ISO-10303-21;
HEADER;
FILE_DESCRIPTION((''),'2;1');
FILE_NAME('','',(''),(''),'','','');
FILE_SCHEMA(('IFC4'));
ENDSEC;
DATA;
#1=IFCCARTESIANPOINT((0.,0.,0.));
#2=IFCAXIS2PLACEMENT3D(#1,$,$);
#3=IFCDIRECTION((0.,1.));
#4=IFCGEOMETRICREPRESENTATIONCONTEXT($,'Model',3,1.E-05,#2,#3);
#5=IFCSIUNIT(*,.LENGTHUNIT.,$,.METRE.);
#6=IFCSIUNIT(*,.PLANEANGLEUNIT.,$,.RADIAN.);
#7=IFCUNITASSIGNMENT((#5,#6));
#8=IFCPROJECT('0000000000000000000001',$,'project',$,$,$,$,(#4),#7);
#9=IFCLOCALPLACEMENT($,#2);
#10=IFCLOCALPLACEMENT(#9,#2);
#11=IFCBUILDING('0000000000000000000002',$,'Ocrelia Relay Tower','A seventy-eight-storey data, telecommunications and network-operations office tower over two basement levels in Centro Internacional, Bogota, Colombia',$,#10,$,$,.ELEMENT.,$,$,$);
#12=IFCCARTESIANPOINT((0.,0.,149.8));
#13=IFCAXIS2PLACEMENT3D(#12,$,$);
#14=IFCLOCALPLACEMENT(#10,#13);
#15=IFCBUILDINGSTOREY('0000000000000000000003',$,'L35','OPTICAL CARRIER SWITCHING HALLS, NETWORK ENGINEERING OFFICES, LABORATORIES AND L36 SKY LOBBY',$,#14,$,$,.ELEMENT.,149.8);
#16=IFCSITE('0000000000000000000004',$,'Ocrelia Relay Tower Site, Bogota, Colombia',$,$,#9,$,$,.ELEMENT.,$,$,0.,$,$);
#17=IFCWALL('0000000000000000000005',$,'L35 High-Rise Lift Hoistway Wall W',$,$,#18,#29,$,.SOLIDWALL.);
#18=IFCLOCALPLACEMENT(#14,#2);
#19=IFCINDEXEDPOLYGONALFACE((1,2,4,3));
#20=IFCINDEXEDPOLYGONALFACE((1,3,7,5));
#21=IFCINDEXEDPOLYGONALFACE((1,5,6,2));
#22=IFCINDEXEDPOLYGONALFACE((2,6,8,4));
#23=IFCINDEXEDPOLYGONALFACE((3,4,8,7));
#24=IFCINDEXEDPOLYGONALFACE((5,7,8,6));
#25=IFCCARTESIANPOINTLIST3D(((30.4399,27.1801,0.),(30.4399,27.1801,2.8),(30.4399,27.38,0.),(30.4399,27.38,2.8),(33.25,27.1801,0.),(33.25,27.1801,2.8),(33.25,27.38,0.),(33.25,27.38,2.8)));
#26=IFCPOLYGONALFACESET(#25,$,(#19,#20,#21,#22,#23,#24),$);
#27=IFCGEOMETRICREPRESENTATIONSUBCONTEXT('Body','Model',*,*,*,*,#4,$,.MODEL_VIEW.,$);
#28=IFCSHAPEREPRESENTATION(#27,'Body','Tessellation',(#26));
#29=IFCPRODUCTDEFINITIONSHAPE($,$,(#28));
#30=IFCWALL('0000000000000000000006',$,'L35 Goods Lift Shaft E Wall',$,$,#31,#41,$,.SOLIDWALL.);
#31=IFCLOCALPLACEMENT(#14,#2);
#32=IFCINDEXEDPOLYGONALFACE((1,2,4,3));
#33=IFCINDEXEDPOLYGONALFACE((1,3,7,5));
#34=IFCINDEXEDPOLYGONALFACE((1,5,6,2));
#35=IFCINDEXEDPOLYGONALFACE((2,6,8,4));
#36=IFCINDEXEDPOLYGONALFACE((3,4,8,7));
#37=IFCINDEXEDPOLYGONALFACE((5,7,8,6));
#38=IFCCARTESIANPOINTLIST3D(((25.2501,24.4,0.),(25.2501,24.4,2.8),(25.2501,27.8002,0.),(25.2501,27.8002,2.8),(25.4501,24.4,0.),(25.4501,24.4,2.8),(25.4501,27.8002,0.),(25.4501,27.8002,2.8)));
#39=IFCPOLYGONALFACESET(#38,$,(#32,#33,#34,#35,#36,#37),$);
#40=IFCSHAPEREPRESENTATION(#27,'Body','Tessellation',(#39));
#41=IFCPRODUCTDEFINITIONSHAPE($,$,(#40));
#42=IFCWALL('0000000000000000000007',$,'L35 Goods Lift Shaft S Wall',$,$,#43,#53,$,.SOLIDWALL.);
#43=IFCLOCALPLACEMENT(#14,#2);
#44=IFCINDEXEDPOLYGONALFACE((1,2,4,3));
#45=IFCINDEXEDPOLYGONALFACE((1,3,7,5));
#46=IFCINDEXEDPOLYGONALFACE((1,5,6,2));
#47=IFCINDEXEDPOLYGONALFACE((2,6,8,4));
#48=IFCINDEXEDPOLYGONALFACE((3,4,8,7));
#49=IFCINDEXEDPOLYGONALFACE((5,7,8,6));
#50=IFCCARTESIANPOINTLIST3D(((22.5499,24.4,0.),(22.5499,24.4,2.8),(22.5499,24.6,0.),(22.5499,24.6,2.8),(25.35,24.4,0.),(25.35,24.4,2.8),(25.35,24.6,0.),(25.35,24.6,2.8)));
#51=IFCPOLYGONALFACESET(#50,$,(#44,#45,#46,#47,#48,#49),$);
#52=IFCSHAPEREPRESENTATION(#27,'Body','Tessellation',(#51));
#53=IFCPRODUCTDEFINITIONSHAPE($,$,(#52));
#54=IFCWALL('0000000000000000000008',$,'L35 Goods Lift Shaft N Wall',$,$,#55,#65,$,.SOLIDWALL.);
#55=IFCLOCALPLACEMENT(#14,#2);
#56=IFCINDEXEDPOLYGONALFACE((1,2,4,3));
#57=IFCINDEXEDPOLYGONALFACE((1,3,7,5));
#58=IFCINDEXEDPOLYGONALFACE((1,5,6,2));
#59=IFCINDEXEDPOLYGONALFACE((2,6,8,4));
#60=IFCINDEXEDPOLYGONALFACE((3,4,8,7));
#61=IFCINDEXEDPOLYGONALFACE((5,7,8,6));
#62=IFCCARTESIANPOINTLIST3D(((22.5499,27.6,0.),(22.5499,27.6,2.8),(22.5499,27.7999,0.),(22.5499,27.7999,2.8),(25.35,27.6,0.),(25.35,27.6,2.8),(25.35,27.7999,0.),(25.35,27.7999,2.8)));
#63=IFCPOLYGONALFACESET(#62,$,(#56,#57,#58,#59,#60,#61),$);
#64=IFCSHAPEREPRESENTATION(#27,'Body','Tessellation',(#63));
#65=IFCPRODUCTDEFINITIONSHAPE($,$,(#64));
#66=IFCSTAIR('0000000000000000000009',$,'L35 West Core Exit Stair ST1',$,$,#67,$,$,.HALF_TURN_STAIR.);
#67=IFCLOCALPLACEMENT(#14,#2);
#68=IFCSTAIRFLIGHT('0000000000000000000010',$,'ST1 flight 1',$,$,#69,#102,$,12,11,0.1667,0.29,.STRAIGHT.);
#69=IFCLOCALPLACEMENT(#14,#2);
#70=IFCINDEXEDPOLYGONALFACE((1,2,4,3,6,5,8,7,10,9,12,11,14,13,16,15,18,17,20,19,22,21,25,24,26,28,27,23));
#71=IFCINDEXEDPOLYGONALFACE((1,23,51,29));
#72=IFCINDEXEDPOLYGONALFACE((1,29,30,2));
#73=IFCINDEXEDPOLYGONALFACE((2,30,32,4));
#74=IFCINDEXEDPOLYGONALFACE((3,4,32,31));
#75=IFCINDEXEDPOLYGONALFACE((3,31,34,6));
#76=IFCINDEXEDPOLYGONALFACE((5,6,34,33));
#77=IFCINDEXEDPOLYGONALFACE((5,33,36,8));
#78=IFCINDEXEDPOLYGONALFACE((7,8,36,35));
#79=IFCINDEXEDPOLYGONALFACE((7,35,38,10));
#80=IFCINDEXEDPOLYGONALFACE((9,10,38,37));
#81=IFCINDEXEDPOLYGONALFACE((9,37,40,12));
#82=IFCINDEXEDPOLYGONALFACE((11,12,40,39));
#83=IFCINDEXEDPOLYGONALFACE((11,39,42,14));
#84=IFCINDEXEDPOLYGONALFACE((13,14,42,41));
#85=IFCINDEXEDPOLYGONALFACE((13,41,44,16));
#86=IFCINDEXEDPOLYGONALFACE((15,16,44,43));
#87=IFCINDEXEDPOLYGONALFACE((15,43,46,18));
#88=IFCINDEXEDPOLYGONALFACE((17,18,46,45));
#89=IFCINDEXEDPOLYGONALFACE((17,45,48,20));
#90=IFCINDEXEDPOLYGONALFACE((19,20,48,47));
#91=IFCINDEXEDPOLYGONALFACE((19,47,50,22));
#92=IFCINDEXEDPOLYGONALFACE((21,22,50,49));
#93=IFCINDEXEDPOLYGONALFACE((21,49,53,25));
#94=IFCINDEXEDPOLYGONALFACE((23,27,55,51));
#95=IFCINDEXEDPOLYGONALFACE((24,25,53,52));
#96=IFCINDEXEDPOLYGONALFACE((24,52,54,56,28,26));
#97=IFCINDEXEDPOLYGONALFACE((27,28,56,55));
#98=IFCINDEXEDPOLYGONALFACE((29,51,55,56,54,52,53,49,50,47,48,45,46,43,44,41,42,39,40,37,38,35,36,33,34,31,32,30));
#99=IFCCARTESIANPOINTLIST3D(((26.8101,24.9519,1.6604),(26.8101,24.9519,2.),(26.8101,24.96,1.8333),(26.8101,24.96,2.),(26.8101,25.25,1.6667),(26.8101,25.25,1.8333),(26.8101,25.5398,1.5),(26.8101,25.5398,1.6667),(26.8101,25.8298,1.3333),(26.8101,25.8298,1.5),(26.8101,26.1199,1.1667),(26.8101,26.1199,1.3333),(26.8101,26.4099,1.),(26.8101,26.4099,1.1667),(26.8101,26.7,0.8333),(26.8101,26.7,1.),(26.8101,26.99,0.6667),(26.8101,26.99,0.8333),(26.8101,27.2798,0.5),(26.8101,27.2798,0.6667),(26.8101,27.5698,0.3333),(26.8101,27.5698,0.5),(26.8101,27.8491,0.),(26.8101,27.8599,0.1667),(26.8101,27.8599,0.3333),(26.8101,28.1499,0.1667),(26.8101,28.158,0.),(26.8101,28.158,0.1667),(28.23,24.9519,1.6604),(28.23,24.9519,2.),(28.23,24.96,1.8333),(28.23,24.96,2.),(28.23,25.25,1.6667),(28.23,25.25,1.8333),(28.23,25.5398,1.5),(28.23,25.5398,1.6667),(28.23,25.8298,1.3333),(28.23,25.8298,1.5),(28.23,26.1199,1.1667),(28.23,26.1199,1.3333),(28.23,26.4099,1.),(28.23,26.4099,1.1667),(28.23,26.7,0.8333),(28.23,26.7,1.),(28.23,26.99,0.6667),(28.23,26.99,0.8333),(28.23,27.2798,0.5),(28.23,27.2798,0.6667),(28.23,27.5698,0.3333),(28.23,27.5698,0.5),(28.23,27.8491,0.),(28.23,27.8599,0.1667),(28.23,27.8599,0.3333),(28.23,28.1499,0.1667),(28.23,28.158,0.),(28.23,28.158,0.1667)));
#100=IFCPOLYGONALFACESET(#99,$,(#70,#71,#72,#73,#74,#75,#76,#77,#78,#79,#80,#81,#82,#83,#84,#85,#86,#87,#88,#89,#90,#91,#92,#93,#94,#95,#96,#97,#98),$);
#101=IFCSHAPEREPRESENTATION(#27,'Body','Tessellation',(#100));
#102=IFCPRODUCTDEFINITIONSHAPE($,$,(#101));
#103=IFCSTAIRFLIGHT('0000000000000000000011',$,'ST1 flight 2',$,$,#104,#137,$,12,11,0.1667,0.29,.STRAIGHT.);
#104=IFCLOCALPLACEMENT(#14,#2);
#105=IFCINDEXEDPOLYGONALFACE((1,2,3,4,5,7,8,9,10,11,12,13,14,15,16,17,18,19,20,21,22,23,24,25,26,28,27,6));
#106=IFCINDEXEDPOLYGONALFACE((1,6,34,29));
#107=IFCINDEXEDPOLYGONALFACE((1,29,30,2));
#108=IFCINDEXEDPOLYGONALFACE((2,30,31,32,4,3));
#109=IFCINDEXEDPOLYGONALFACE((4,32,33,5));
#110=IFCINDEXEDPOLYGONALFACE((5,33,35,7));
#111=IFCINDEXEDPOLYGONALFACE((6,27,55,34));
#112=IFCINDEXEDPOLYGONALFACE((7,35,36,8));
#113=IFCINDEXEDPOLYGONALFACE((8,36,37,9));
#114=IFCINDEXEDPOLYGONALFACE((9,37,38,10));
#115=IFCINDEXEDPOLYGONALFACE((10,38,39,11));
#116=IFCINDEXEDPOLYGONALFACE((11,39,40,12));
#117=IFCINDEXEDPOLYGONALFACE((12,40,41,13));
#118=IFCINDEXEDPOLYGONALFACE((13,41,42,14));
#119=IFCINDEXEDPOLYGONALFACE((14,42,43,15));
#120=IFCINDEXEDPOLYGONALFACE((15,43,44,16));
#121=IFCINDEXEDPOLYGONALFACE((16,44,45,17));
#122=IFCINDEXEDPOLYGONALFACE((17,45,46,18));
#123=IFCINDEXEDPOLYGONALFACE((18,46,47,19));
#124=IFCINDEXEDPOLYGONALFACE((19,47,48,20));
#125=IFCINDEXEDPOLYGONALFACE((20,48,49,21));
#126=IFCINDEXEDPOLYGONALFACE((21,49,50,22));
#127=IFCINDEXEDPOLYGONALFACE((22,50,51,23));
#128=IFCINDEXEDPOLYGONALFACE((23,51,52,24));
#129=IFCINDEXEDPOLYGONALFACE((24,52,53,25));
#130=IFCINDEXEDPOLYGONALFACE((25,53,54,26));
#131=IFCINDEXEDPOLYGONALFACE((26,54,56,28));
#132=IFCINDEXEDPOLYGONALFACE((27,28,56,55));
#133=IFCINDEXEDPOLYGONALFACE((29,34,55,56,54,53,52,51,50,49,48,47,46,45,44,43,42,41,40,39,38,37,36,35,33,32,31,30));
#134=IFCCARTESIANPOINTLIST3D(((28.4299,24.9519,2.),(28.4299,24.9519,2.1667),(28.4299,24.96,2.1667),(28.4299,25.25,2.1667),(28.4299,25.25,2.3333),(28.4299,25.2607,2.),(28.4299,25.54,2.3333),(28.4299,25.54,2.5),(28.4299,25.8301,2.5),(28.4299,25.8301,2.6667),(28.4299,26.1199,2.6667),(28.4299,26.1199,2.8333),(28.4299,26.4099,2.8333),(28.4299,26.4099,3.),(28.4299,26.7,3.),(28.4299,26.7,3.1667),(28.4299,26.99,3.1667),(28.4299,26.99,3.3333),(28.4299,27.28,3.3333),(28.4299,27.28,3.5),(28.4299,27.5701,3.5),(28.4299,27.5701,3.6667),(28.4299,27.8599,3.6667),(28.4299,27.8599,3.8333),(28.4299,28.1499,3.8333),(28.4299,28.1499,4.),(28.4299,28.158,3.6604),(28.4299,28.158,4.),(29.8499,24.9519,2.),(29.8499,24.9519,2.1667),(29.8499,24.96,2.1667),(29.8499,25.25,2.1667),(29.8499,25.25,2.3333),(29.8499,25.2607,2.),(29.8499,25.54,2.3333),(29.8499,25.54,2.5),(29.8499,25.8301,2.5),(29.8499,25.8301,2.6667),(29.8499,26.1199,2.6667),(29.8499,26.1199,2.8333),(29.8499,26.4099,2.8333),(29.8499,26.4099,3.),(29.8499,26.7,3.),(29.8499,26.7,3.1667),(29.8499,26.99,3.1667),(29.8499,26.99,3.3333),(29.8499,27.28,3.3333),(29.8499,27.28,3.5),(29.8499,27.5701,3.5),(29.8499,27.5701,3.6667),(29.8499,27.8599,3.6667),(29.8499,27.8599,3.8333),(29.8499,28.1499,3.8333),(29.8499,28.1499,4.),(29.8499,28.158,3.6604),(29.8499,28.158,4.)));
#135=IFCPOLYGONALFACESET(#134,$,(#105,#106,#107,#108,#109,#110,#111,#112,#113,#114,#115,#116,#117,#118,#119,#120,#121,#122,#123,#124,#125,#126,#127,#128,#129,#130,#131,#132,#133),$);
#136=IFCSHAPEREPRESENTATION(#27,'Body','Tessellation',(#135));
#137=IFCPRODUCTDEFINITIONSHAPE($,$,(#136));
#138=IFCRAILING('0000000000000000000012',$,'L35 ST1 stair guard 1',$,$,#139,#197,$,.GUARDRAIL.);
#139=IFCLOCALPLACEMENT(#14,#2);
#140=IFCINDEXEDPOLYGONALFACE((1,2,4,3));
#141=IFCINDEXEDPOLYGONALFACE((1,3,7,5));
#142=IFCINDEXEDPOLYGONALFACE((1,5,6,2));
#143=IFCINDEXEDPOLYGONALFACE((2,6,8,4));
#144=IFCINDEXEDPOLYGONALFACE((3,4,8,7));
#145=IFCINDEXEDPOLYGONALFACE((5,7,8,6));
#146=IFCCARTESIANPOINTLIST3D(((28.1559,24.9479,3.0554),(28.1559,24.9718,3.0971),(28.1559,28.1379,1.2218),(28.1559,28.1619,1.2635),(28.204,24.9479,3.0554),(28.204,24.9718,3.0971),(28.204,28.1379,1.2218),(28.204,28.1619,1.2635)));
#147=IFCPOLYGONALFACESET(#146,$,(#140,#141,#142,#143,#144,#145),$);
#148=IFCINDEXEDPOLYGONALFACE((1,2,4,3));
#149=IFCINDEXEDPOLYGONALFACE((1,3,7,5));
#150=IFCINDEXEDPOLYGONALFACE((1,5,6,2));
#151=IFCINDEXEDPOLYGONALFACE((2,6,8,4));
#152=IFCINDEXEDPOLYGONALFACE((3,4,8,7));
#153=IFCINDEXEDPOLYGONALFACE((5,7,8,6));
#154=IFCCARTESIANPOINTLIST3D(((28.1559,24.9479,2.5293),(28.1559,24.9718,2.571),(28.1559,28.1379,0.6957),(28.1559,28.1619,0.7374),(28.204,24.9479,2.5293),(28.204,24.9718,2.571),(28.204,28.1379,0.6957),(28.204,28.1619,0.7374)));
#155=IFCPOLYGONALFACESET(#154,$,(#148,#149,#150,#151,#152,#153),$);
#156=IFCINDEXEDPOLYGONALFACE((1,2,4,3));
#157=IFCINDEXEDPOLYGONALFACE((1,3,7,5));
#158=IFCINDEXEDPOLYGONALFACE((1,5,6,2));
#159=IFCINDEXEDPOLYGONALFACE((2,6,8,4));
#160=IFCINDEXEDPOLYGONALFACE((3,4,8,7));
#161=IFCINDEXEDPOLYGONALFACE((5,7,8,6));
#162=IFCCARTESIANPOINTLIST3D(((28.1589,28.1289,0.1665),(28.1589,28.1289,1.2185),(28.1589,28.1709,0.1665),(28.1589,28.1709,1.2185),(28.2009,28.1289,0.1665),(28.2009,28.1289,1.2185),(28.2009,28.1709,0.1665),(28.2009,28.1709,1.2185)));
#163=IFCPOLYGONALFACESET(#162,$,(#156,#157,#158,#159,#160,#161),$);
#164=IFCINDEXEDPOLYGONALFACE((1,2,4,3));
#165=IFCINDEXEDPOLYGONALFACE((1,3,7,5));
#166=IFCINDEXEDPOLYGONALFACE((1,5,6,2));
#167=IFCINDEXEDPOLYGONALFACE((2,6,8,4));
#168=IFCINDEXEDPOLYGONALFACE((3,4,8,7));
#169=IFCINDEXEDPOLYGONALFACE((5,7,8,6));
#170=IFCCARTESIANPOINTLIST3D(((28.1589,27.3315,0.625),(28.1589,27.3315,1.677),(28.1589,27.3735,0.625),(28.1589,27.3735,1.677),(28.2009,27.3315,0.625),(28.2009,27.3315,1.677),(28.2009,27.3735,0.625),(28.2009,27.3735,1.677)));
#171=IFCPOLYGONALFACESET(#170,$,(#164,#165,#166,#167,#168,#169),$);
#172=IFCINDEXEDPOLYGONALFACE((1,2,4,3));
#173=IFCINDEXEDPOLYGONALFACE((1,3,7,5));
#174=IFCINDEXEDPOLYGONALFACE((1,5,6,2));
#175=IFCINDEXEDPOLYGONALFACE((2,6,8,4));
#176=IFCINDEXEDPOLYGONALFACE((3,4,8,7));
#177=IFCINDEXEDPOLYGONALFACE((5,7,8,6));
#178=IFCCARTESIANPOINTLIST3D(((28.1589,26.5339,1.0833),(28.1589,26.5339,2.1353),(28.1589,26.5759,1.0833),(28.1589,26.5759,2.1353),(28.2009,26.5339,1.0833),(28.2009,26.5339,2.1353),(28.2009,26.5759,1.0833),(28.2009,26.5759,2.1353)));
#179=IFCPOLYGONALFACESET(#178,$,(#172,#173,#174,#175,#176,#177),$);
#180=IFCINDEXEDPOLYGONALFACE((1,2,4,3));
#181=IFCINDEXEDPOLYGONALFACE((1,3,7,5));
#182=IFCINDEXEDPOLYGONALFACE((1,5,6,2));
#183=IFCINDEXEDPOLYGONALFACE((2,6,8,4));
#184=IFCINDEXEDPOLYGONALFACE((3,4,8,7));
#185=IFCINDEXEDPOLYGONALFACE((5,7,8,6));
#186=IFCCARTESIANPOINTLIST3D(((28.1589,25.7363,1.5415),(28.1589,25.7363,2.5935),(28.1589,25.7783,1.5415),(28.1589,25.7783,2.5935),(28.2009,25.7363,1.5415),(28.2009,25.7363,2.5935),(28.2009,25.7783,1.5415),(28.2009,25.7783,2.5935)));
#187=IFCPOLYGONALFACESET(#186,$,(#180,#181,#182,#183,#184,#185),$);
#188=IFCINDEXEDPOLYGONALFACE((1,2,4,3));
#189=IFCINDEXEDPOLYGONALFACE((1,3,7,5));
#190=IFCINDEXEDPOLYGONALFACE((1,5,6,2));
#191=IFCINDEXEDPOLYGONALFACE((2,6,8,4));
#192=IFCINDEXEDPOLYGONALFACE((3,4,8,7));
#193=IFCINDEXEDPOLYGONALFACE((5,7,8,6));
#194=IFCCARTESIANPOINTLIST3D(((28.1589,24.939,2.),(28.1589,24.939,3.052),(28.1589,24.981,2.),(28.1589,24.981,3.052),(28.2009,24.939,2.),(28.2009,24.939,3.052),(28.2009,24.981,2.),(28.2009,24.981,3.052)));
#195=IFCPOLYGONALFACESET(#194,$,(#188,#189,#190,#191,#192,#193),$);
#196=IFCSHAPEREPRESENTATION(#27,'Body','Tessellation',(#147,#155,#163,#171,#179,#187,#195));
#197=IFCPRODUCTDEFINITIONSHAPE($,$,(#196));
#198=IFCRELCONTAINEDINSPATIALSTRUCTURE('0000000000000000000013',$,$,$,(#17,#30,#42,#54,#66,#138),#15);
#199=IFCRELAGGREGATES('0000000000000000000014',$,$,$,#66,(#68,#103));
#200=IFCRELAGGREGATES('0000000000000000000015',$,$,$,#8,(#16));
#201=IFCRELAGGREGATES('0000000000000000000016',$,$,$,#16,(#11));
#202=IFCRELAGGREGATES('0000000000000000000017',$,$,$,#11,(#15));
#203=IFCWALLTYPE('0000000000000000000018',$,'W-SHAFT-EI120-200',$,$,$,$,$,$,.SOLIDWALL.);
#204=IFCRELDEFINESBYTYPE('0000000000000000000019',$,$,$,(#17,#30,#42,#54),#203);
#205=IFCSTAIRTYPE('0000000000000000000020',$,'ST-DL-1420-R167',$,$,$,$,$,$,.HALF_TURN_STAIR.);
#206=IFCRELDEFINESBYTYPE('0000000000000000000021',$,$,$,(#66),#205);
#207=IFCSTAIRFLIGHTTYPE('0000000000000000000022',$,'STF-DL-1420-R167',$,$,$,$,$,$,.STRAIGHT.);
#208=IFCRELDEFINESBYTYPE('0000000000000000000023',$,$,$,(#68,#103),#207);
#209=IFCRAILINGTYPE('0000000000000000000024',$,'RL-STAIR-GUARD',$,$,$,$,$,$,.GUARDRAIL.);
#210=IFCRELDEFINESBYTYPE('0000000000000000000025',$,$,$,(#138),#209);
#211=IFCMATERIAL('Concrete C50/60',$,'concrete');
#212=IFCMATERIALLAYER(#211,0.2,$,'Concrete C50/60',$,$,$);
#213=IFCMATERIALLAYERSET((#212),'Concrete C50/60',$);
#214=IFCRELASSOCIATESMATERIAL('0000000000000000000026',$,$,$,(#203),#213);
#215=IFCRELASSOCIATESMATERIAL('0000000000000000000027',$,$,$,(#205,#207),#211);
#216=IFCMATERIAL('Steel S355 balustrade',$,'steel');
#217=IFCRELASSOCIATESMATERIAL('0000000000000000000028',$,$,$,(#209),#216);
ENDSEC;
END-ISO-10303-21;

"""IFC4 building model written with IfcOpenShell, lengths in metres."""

from ifc_helpers import new_model, si_unit, direction, frame, frame_2d, origin, origin_2d, place, context, subcontext, project, spatial, polyline, rectangle, outline, extrude, material, layer, layer_set, type_object, element, aggregate, save


model = new_model("IFC4")

# Units and contexts
model_context = context("Model", 3, precision=1e-05, world=origin(), true_north=direction((0.0, 1.0)))
body_context = subcontext(model_context, "Body", "Model", "MODEL_VIEW")
ifc_project = project(units=[si_unit("LENGTHUNIT", "METRE"), si_unit("PLANEANGLEUNIT", "RADIAN")], contexts=[model_context])

# Site, building, storey
site_placement = place(None, origin())
site = spatial("IfcSite", under=ifc_project, at=site_placement, Name="Ocrelia Relay Tower Site, Bogota, Colombia", CompositionType="ELEMENT", RefElevation=0.0)
building_placement = place(site_placement, origin())
building = spatial("IfcBuilding", under=site, at=building_placement, Name="Ocrelia Relay Tower", Description="A seventy-eight-storey data, telecommunications and network-operations office tower over two basement levels in Centro Internacional, Bogota, Colombia", CompositionType="ELEMENT")
storey_placement = place(building_placement, frame((0.0, 0.0, 149.8)))
storey = spatial("IfcBuildingStorey", under=building, at=storey_placement, Name="L35", Description="OPTICAL CARRIER SWITCHING HALLS, NETWORK ENGINEERING OFFICES, LABORATORIES AND L36 SKY LOBBY", CompositionType="ELEMENT", Elevation=149.8)

# Shared definitions
ifc_material_1 = material(Name="Concrete C50/60", Category="concrete")

# Shared definitions
ifc_layer_1 = layer(ifc_material_1, 0.2, Name="Concrete C50/60")
ifc_layer_set_1 = layer_set([ifc_layer_1], Name="Concrete C50/60")
wall_type_1 = type_object("IfcWallType", Name="W-SHAFT-EI120-200", PredefinedType="SOLIDWALL", material=ifc_layer_set_1)

# Wall
wall_1_placement = place(storey_placement, frame((30.4399, 27.28, 0.0), z_axis=(0.0, 0.0, 1.0), x_axis=(1.0, 0.0, 0.0)))
element("IfcWall", 1, at=wall_1_placement, inside=storey, type_object=wall_type_1, Name="L35 High-Rise Lift Hoistway Wall W", PredefinedType="SOLIDWALL", context=body_context, shape_type="SweptSolid", body=[
    extrude(rectangle(XDim=2.8101, YDim=0.2, at=frame_2d((1.405, 0.0))), origin(), (0.0, 0.0, 1.0), 2.8),
])

# Walls
wall_2_placement = place(storey_placement, frame((25.3501, 24.3999, 0.0), z_axis=(0.0, 0.0, 1.0), x_axis=(0.0, 1.0, 0.0)))
element("IfcWall", 2, at=wall_2_placement, inside=storey, type_object=wall_type_1, Name="L35 Goods Lift Shaft E Wall", PredefinedType="SOLIDWALL", context=body_context, shape_type="SweptSolid", body=[
    extrude(rectangle(XDim=3.4001, YDim=0.2, at=frame_2d((1.7002, 0.0))), origin(), (0.0, 0.0, 1.0), 2.8),
])
for number, where, z_axis, x_axis, name in (
    (3, (22.55, 24.5, 0.0), (0.0, 0.0, 1.0), (1.0, 0.0, 0.0), "L35 Goods Lift Shaft S Wall"),
    (4, (22.55, 27.7, 0.0), (0.0, 0.0, 1.0), (1.0, 0.0, 0.0), "L35 Goods Lift Shaft N Wall"),
):
    element("IfcWall", number, at=place(storey_placement, frame(where, z_axis=z_axis, x_axis=x_axis)), inside=storey, type_object=wall_type_1, Name=name, PredefinedType="SOLIDWALL", context=body_context, shape_type="SweptSolid", body=[
        extrude(rectangle(XDim=2.8, YDim=0.2, at=frame_2d((1.3999, 0.0))), origin(), (0.0, 0.0, 1.0), 2.8),
    ])

# Stair, stair flights
stair_type = type_object("IfcStairType", Name="ST-DL-1420-R167", PredefinedType="HALF_TURN_STAIR", material=ifc_material_1)
stair_placement = place(storey_placement, origin())
stair = element("IfcStair", 5, at=stair_placement, inside=storey, type_object=stair_type, Name="L35 West Core Exit Stair ST1", PredefinedType="HALF_TURN_STAIR")
stair_flight_type = type_object("IfcStairFlightType", Name="STF-DL-1420-R167", PredefinedType="STRAIGHT", material=ifc_material_1)
stair_flight_1_placement = place(storey_placement, frame((27.52, 28.1499, 0.0), z_axis=(0.0, 0.0, 1.0), x_axis=(0.0, -1.0, 0.0)))
stair_flight_1 = element("IfcStairFlight", 6, at=stair_flight_1_placement, type_object=stair_flight_type, Name="ST1 flight 1", NumberOfRisers=12, NumberOfTreads=11, PredefinedType="STRAIGHT", RiserHeight=0.1667, TreadLength=0.29, context=body_context, shape_type="SweptSolid", body=[
    extrude(outline(polyline([(-0.0081, 0.0), (-0.0081, 0.1667), (0.0, 0.1667), (0.29, 0.1667), (0.29, 0.3333), (0.5801, 0.3333), (0.5801, 0.5), (0.8701, 0.5), (0.8701, 0.6667), (1.1599, 0.6667), (1.1599, 0.8333), (1.45, 0.8333), (1.45, 1.0), (1.74, 1.0), (1.74, 1.1667), (2.03, 1.1667), (2.03, 1.3333), (2.3201, 1.3333), (2.3201, 1.5), (2.6101, 1.5), (2.6101, 1.6667), (2.8999, 1.6667), (2.8999, 1.8333), (3.1899, 1.8333), (3.1899, 2.0), (3.198, 2.0), (3.198, 1.6604), (0.3008, 0.0), (-0.0081, 0.0)])), frame((0.0, 0.71, 0.0), z_axis=(0.0, -1.0, 0.0), x_axis=(1.0, 0.0, 0.0)), (0.0, 0.0, 1.0), 1.4199),
])
stair_flight_2_placement = place(storey_placement, frame((29.1399, 24.96, 2.0), z_axis=(0.0, 0.0, 1.0), x_axis=(0.0, 1.0, 0.0)))
stair_flight_2 = element("IfcStairFlight", 7, at=stair_flight_2_placement, type_object=stair_flight_type, Name="ST1 flight 2", NumberOfRisers=12, NumberOfTreads=11, PredefinedType="STRAIGHT", RiserHeight=0.1667, TreadLength=0.29, context=body_context, shape_type="SweptSolid", body=[
    extrude(outline(polyline([(-0.0081, 0.0), (-0.0081, 0.1667), (0.0, 0.1667), (0.29, 0.1667), (0.29, 0.3333), (0.5801, 0.3333), (0.5801, 0.5), (0.8701, 0.5), (0.8701, 0.6667), (1.1599, 0.6667), (1.1599, 0.8333), (1.45, 0.8333), (1.45, 1.0), (1.74, 1.0), (1.74, 1.1667), (2.03, 1.1667), (2.03, 1.3333), (2.3201, 1.3333), (2.3201, 1.5), (2.6101, 1.5), (2.6101, 1.6667), (2.8999, 1.6667), (2.8999, 1.8333), (3.1899, 1.8333), (3.1899, 2.0), (3.198, 2.0), (3.198, 1.6604), (0.3008, 0.0), (-0.0081, 0.0)])), frame((0.0, 0.71, 0.0), z_axis=(0.0, -1.0, 0.0), x_axis=(1.0, 0.0, 0.0)), (0.0, 0.0, 1.0), 1.4199),
])
aggregate(stair, [stair_flight_1, stair_flight_2])

# Railing
ifc_material_2 = material(Name="Steel S355 balustrade", Category="steel")
railing_type_1 = type_object("IfcRailingType", Name="RL-STAIR-GUARD", PredefinedType="GUARDRAIL", material=ifc_material_2)
railing_1_placement = place(storey_placement, frame((28.1799, 28.1499, 0.1665)))
element("IfcRailing", 8, at=railing_1_placement, inside=storey, type_object=railing_type_1, Name="L35 ST1 stair guard 1", PredefinedType="GUARDRAIL", context=body_context, shape_type="SweptSolid", body=[
    extrude(rectangle(XDim=0.0481, YDim=0.0481, at=origin_2d()), frame((0.0, 0.0, 1.0762), z_axis=(0.0, -0.866991, 0.498324), x_axis=(1.0, 0.0, 0.0)), (0.0, 0.0, 1.0), 3.6794),
    extrude(rectangle(XDim=0.0481, YDim=0.0481, at=origin_2d()), frame((0.0, 0.0, 0.55), z_axis=(0.0, -0.866991, 0.498324), x_axis=(1.0, 0.0, 0.0)), (0.0, 0.0, 1.0), 3.6794),
    extrude(rectangle(XDim=0.042, YDim=0.042, at=origin_2d()), origin(), (0.0, 0.0, 1.0), 1.052),
    extrude(rectangle(XDim=0.042, YDim=0.042, at=origin_2d()), frame((0.0, -0.7974, 0.4585)), (0.0, 0.0, 1.0), 1.052),
    extrude(rectangle(XDim=0.042, YDim=0.042, at=origin_2d()), frame((0.0, -1.595, 0.9167)), (0.0, 0.0, 1.0), 1.052),
    extrude(rectangle(XDim=0.042, YDim=0.042, at=origin_2d()), frame((0.0, -2.3926, 1.375)), (0.0, 0.0, 1.0), 1.052),
    extrude(rectangle(XDim=0.042, YDim=0.042, at=origin_2d()), frame((0.0, -3.1899, 1.8335)), (0.0, 0.0, 1.0), 1.052),
])

save(model, "model.ifc")
